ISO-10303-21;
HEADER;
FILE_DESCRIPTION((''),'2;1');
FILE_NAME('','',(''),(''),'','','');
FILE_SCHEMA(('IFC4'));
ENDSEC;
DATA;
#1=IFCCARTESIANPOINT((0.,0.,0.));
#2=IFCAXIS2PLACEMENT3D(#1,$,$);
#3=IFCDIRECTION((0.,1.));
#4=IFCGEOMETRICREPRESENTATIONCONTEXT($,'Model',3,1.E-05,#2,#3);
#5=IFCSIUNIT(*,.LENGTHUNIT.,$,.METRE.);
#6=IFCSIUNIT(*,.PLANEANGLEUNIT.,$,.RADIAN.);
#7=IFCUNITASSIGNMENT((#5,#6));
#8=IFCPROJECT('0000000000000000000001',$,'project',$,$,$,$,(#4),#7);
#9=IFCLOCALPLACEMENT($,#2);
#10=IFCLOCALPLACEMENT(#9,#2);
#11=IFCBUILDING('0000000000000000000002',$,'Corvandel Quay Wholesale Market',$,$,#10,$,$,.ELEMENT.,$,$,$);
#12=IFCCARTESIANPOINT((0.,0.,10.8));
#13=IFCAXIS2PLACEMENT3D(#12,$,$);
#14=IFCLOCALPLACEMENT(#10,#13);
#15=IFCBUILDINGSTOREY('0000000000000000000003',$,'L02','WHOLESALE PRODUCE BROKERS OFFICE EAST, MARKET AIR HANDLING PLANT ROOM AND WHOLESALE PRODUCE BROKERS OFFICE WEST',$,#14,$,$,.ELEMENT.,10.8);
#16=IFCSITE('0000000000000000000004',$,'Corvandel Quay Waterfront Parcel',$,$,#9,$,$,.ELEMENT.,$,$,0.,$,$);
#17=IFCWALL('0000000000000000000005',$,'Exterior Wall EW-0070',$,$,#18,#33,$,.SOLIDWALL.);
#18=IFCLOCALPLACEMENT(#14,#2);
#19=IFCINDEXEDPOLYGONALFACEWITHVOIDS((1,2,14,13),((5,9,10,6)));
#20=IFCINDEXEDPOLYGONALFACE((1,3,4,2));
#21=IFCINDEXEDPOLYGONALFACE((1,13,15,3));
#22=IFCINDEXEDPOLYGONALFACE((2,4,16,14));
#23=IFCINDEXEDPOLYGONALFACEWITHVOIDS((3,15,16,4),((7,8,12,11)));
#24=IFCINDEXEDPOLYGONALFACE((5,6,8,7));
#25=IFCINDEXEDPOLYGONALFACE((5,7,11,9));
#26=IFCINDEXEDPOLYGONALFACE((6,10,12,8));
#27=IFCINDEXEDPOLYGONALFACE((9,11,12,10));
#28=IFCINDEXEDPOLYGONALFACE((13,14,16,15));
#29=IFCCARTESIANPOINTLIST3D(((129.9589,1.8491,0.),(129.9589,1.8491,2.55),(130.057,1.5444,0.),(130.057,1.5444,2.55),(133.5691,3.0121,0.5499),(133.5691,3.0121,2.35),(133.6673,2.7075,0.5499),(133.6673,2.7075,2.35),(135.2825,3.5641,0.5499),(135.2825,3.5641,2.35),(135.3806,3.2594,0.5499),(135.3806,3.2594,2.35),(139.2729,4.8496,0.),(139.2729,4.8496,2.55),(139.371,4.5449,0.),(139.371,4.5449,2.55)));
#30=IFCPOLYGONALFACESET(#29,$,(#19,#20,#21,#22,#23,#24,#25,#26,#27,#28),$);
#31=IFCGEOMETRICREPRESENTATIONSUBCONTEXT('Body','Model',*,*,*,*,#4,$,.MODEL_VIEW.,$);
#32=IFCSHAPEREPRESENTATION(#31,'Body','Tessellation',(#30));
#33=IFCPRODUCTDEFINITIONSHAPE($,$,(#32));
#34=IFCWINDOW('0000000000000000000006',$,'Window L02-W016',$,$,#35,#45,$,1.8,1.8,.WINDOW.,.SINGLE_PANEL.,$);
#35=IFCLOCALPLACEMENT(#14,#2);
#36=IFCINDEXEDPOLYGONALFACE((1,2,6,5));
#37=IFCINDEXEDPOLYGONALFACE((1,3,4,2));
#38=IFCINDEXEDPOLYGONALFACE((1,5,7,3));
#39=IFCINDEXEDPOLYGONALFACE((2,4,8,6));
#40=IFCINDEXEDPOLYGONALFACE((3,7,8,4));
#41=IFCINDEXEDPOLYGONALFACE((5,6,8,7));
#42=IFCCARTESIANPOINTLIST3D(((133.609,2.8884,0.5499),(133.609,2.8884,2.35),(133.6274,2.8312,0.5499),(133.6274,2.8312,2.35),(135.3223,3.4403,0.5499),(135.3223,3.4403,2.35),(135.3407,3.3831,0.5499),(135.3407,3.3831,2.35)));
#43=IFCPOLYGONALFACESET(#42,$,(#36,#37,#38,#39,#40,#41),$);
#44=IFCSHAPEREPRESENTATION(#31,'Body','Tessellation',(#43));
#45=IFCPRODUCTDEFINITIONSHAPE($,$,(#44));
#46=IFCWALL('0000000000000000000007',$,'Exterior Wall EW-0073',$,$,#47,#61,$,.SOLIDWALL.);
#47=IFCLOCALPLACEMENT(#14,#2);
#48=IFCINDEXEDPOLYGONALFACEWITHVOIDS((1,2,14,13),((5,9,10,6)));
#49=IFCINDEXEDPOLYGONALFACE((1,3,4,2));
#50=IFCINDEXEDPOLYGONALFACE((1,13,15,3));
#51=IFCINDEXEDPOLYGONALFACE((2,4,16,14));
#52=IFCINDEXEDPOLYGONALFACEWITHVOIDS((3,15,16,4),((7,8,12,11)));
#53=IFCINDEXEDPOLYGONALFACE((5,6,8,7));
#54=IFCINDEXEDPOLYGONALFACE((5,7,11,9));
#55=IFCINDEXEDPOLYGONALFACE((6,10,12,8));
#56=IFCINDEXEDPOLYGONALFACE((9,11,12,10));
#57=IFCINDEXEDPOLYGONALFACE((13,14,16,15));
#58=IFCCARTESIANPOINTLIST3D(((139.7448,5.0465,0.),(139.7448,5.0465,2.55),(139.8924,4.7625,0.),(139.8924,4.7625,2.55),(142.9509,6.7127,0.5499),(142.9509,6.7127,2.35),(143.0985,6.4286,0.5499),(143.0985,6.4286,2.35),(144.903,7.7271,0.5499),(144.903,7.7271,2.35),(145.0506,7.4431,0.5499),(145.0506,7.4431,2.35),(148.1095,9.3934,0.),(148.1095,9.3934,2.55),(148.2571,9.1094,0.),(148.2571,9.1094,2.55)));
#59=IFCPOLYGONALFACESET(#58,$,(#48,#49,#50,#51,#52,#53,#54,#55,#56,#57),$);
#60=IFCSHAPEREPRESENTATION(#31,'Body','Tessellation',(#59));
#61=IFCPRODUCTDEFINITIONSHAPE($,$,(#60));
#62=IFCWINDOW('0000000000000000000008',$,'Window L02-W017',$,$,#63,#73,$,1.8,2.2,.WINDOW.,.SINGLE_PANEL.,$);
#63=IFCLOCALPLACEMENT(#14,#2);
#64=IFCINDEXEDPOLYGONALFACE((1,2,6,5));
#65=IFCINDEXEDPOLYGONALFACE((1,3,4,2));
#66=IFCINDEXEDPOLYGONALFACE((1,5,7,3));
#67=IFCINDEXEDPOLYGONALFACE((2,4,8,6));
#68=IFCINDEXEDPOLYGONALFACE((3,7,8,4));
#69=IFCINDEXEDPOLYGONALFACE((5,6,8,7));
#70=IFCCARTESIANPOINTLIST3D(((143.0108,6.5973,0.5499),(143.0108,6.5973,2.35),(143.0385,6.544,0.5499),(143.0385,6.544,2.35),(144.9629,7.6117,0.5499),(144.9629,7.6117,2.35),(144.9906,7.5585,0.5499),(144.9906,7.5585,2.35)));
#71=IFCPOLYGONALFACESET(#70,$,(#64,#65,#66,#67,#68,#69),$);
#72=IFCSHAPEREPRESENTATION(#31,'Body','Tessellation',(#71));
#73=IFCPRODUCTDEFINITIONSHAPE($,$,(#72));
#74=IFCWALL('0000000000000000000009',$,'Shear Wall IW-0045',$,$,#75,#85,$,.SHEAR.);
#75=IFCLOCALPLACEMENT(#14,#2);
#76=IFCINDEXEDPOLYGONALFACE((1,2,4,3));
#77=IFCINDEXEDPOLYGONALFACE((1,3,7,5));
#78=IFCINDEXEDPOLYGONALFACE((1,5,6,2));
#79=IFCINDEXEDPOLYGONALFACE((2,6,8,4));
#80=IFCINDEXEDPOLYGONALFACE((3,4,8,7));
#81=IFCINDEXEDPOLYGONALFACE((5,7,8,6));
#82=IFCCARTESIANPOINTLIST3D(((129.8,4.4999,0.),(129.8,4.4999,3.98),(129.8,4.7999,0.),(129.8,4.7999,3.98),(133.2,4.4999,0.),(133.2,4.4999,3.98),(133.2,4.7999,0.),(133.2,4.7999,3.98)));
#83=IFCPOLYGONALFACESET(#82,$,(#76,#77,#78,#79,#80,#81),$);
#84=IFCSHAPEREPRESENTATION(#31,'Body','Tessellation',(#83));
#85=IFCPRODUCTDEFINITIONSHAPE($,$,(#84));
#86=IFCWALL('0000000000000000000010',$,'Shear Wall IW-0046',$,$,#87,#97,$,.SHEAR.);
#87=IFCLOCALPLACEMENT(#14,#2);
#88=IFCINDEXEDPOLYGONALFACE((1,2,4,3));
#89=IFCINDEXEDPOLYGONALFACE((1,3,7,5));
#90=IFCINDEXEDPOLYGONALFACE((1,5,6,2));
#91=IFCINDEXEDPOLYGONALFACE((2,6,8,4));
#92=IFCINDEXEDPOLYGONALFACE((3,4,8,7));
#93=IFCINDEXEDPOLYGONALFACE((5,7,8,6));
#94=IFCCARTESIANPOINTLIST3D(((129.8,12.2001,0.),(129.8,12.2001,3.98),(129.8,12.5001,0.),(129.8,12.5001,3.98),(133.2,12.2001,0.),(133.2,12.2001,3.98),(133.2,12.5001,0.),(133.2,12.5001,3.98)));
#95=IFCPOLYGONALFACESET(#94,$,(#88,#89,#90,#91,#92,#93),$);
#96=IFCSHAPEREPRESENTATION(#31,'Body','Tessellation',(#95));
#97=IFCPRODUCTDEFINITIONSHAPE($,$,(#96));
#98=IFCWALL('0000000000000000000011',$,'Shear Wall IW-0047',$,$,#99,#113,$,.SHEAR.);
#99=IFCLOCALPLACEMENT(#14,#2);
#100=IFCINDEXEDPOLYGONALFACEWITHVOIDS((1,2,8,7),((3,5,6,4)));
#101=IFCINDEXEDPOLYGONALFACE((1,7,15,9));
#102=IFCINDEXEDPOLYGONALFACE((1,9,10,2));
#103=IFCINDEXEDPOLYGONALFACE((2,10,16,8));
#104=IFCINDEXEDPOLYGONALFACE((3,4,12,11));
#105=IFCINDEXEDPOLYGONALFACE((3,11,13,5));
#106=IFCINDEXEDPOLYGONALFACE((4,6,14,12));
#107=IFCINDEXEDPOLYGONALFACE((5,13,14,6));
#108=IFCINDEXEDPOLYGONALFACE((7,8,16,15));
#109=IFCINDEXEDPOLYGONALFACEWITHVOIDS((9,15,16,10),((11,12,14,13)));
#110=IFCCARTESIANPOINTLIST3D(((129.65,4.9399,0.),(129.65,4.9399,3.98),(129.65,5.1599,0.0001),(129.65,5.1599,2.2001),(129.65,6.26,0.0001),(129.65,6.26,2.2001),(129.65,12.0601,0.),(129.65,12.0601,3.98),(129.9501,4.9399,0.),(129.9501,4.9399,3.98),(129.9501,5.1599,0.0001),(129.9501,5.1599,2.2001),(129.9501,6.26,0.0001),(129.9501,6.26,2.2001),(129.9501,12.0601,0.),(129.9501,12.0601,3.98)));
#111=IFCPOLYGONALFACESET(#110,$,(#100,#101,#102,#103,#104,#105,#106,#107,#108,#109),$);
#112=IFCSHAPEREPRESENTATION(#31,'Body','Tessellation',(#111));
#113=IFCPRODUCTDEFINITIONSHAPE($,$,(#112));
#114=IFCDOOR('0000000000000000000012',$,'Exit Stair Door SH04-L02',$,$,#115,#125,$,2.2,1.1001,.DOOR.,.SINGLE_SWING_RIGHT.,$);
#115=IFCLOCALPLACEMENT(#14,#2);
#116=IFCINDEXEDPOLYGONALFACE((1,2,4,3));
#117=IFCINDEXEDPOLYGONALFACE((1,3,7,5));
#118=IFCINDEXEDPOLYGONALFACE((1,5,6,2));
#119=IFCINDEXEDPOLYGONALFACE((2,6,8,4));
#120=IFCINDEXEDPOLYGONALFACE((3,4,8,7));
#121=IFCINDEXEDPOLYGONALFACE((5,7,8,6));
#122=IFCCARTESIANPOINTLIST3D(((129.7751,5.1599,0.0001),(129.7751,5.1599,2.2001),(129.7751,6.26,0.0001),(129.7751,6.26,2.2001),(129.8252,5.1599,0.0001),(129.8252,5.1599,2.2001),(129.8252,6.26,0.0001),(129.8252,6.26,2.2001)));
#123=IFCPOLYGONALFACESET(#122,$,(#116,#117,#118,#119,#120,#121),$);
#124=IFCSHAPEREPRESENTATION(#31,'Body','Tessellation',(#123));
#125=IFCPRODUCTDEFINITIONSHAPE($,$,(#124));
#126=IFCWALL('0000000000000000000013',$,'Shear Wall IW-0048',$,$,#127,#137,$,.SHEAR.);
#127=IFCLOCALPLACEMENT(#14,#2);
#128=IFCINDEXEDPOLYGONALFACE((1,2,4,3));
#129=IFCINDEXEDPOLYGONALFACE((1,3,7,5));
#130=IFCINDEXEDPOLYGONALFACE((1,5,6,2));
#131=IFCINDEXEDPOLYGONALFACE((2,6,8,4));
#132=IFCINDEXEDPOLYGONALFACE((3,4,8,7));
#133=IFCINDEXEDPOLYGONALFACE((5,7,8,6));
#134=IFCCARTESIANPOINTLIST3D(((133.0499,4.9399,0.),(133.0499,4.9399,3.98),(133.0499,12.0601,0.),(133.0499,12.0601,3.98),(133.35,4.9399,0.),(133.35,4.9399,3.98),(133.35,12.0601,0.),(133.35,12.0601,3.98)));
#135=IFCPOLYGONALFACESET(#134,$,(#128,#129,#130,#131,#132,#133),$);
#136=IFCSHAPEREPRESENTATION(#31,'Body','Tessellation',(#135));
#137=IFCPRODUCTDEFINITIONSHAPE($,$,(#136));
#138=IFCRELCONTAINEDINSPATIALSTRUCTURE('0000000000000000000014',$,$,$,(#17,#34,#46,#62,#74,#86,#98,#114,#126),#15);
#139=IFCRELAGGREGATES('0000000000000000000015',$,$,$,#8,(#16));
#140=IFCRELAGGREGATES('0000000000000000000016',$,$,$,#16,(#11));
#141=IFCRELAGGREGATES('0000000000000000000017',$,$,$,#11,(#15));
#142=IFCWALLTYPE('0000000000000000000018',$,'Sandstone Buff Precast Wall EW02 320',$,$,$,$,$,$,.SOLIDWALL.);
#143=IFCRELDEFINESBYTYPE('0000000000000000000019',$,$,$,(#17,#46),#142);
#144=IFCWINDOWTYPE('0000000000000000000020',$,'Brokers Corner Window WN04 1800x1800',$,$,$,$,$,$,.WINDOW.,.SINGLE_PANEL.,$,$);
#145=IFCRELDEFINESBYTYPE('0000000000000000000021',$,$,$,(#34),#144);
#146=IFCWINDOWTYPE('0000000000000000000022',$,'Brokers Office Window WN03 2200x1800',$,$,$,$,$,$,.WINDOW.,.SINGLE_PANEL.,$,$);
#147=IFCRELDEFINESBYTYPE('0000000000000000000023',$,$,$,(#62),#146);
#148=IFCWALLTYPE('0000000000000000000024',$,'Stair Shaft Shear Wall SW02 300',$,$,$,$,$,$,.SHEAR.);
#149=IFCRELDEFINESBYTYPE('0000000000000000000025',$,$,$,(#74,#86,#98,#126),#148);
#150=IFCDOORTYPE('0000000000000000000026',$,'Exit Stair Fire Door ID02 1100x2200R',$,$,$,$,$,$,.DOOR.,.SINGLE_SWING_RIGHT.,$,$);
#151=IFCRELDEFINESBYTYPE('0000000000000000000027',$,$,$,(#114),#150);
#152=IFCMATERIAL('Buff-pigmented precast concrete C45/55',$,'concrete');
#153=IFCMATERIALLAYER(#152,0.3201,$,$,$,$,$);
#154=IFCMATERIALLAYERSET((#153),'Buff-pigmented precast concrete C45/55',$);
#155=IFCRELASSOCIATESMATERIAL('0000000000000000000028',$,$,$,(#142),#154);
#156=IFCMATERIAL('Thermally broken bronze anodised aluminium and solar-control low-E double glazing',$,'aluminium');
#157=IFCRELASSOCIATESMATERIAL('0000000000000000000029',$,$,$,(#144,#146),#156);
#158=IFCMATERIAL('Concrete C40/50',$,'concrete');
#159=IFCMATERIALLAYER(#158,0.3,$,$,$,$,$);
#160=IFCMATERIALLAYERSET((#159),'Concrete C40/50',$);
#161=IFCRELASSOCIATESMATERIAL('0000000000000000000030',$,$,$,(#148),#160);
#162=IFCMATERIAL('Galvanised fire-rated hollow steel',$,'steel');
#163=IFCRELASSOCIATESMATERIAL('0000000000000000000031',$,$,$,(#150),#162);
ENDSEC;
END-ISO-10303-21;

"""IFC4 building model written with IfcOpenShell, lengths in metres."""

from ifc_helpers import new_model, si_unit, direction, frame, frame_2d, origin, place, context, subcontext, project, spatial, rectangle, extrude, material, layer, layer_set, type_object, element, fill, save


model = new_model("IFC4")

# Units and contexts
model_context = context("Model", 3, precision=1e-05, world=origin(), true_north=direction((0.0, 1.0)))
body_context = subcontext(model_context, "Body", "Model", "MODEL_VIEW")
ifc_project = project(units=[si_unit("LENGTHUNIT", "METRE"), si_unit("PLANEANGLEUNIT", "RADIAN")], contexts=[model_context])

# Site, building, storey
site_placement = place(None, origin())
site = spatial("IfcSite", under=ifc_project, at=site_placement, Name="Corvandel Quay Waterfront Parcel", CompositionType="ELEMENT", RefElevation=0.0)
building_placement = place(site_placement, origin())
building = spatial("IfcBuilding", under=site, at=building_placement, Name="Corvandel Quay Wholesale Market", CompositionType="ELEMENT")
storey_placement = place(building_placement, frame((0.0, 0.0, 10.8)))
storey = spatial("IfcBuildingStorey", under=building, at=storey_placement, Name="L02", Description="WHOLESALE PRODUCE BROKERS OFFICE EAST, MARKET AIR HANDLING PLANT ROOM AND WHOLESALE PRODUCE BROKERS OFFICE WEST", CompositionType="ELEMENT", Elevation=10.8)

# Walls, openings, windows
ifc_material_1 = material(Name="Buff-pigmented precast concrete C45/55", Category="concrete")
ifc_layer_1 = layer(ifc_material_1, 0.3201)
ifc_layer_set_1 = layer_set([ifc_layer_1], Name="Buff-pigmented precast concrete C45/55")
wall_type_1 = type_object("IfcWallType", Name="Sandstone Buff Precast Wall EW02 320", PredefinedType="SOLIDWALL", material=ifc_layer_set_1)
wall_1_placement = place(storey_placement, frame((130.0081, 1.6968, 0.0), z_axis=(0.0, 0.0, 1.0), x_axis=(0.951828, 0.306631, 0.0)))
wall_1 = element("IfcWall", 1, at=wall_1_placement, inside=storey, type_object=wall_type_1, Name="Exterior Wall EW-0070", PredefinedType="SOLIDWALL", context=body_context, shape_type="SweptSolid", body=[
    extrude(rectangle(XDim=9.7854, YDim=0.3201, at=frame_2d((4.8926, 0.0))), origin(), (0.0, 0.0, 1.0), 2.55),
])
opening_1_placement = place(wall_1_placement, frame((3.793, 0.0, 0.55)))
opening_1 = element("IfcOpeningElement", 2, at=opening_1_placement, cuts=wall_1, PredefinedType="OPENING", context=body_context, shape_type="SweptSolid", body=[
    extrude(rectangle(XDim=1.8, YDim=1.8, at=frame_2d((0.8999, 0.8999))), frame((0.0, 0.1699, 0.0), z_axis=(0.0, -1.0, 0.0), x_axis=(1.0, 0.0, 0.0)), (0.0, 0.0, 1.0), 0.3401),
])
ifc_material_2 = material(Name="Thermally broken bronze anodised aluminium and solar-control low-E double glazing", Category="aluminium")
window_type_1 = type_object("IfcWindowType", Name="Brokers Corner Window WN04 1800x1800", PartitioningType="SINGLE_PANEL", PredefinedType="WINDOW", material=ifc_material_2)
window_1_placement = place(opening_1_placement, origin())
window_1 = element("IfcWindow", 3, at=window_1_placement, inside=storey, type_object=window_type_1, Name="Window L02-W016", OverallHeight=1.8, OverallWidth=1.8, PartitioningType="SINGLE_PANEL", PredefinedType="WINDOW", context=body_context, shape_type="SweptSolid", body=[
    extrude(rectangle(XDim=1.8, YDim=1.8, at=frame_2d((0.8999, 0.8999))), frame((0.0, 0.03, 0.0), z_axis=(0.0, -1.0, 0.0), x_axis=(1.0, 0.0, 0.0)), (0.0, 0.0, 1.0), 0.0601),
])
fill(opening_1, window_1)
wall_2_placement = place(storey_placement, frame((139.8186, 4.9045, 0.0), z_axis=(0.0, 0.0, 1.0), x_axis=(0.887336, 0.461124, 0.0)))
wall_2 = element("IfcWall", 4, at=wall_2_placement, inside=storey, type_object=wall_type_1, Name="Exterior Wall EW-0073", PredefinedType="SOLIDWALL", context=body_context, shape_type="SweptSolid", body=[
    extrude(rectangle(XDim=9.4268, YDim=0.3201, at=frame_2d((4.7134, 0.0))), origin(), (0.0, 0.0, 1.0), 2.55),
])
opening_2_placement = place(wall_2_placement, frame((3.613, 0.0, 0.55)))
opening_2 = element("IfcOpeningElement", 5, at=opening_2_placement, cuts=wall_2, PredefinedType="OPENING", context=body_context, shape_type="SweptSolid", body=[
    extrude(rectangle(XDim=2.2, YDim=1.8, at=frame_2d((1.1001, 0.8999))), frame((0.0, 0.1699, 0.0), z_axis=(0.0, -1.0, 0.0), x_axis=(1.0, 0.0, 0.0)), (0.0, 0.0, 1.0), 0.3401),
])
window_type_2 = type_object("IfcWindowType", Name="Brokers Office Window WN03 2200x1800", PartitioningType="SINGLE_PANEL", PredefinedType="WINDOW", material=ifc_material_2)
window_2_placement = place(opening_2_placement, origin())
window_2 = element("IfcWindow", 6, at=window_2_placement, inside=storey, type_object=window_type_2, Name="Window L02-W017", OverallHeight=1.8, OverallWidth=2.2, PartitioningType="SINGLE_PANEL", PredefinedType="WINDOW", context=body_context, shape_type="SweptSolid", body=[
    extrude(rectangle(XDim=2.2, YDim=1.8, at=frame_2d((1.1001, 0.8999))), frame((0.0, 0.03, 0.0), z_axis=(0.0, -1.0, 0.0), x_axis=(1.0, 0.0, 0.0)), (0.0, 0.0, 1.0), 0.0601),
])
fill(opening_2, window_2)

# Walls
ifc_material_3 = material(Name="Concrete C40/50", Category="concrete")
ifc_layer_2 = layer(ifc_material_3, 0.3)
ifc_layer_set_2 = layer_set([ifc_layer_2], Name="Concrete C40/50")
wall_type_2 = type_object("IfcWallType", Name="Stair Shaft Shear Wall SW02 300", PredefinedType="SHEAR", material=ifc_layer_set_2)
for number, where, z_axis, x_axis, name in (
    (7, (129.8, 4.6499, 0.0), (0.0, 0.0, 1.0), (1.0, 0.0, 0.0), "Shear Wall IW-0045"),
    (8, (129.8, 12.3501, 0.0), (0.0, 0.0, 1.0), (1.0, 0.0, 0.0), "Shear Wall IW-0046"),
):
    element("IfcWall", number, at=place(storey_placement, frame(where, z_axis=z_axis, x_axis=x_axis)), inside=storey, type_object=wall_type_2, Name=name, PredefinedType="SHEAR", context=body_context, shape_type="SweptSolid", body=[
        extrude(rectangle(XDim=3.3999, YDim=0.3, at=frame_2d((1.7, 0.0))), origin(), (0.0, 0.0, 1.0), 3.98),
    ])

# Wall, opening, door
wall_3_placement = place(storey_placement, frame((129.8, 4.9399, 0.0), z_axis=(0.0, 0.0, 1.0), x_axis=(0.0, 1.0, 0.0)))
wall_3 = element("IfcWall", 9, at=wall_3_placement, inside=storey, type_object=wall_type_2, Name="Shear Wall IW-0047", PredefinedType="SHEAR", context=body_context, shape_type="SweptSolid", body=[
    extrude(rectangle(XDim=7.1201, YDim=0.3, at=frame_2d((3.5601, 0.0))), origin(), (0.0, 0.0, 1.0), 3.98),
])
opening_3_placement = place(wall_3_placement, frame((0.22, 0.0, 0.0)))
opening_3 = element("IfcOpeningElement", 10, at=opening_3_placement, cuts=wall_3, PredefinedType="OPENING", context=body_context, shape_type="SweptSolid", body=[
    extrude(rectangle(XDim=1.1001, YDim=2.2, at=frame_2d((0.55, 1.1001))), frame((0.0, 0.1599, 0.0), z_axis=(0.0, -1.0, 0.0), x_axis=(1.0, 0.0, 0.0)), (0.0, 0.0, 1.0), 0.3201),
])
ifc_material_4 = material(Name="Galvanised fire-rated hollow steel", Category="steel")
door_type = type_object("IfcDoorType", Name="Exit Stair Fire Door ID02 1100x2200R", OperationType="SINGLE_SWING_RIGHT", PredefinedType="DOOR", material=ifc_material_4)
door_placement = place(opening_3_placement, origin())
door = element("IfcDoor", 11, at=door_placement, inside=storey, type_object=door_type, Name="Exit Stair Door SH04-L02", OperationType="SINGLE_SWING_RIGHT", OverallHeight=2.2, OverallWidth=1.1001, PredefinedType="DOOR", context=body_context, shape_type="SweptSolid", body=[
    extrude(rectangle(XDim=1.1001, YDim=2.2, at=frame_2d((0.55, 1.1001))), frame((0.0, 0.0249, 0.0), z_axis=(0.0, -1.0, 0.0), x_axis=(1.0, 0.0, 0.0)), (0.0, 0.0, 1.0), 0.05),
])
fill(opening_3, door)

# Wall
wall_4_placement = place(storey_placement, frame((133.2, 4.9399, 0.0), z_axis=(0.0, 0.0, 1.0), x_axis=(0.0, 1.0, 0.0)))
element("IfcWall", 12, at=wall_4_placement, inside=storey, type_object=wall_type_2, Name="Shear Wall IW-0048", PredefinedType="SHEAR", context=body_context, shape_type="SweptSolid", body=[
    extrude(rectangle(XDim=7.1201, YDim=0.3, at=frame_2d((3.5601, 0.0))), origin(), (0.0, 0.0, 1.0), 3.98),
])

save(model, "model.ifc")
